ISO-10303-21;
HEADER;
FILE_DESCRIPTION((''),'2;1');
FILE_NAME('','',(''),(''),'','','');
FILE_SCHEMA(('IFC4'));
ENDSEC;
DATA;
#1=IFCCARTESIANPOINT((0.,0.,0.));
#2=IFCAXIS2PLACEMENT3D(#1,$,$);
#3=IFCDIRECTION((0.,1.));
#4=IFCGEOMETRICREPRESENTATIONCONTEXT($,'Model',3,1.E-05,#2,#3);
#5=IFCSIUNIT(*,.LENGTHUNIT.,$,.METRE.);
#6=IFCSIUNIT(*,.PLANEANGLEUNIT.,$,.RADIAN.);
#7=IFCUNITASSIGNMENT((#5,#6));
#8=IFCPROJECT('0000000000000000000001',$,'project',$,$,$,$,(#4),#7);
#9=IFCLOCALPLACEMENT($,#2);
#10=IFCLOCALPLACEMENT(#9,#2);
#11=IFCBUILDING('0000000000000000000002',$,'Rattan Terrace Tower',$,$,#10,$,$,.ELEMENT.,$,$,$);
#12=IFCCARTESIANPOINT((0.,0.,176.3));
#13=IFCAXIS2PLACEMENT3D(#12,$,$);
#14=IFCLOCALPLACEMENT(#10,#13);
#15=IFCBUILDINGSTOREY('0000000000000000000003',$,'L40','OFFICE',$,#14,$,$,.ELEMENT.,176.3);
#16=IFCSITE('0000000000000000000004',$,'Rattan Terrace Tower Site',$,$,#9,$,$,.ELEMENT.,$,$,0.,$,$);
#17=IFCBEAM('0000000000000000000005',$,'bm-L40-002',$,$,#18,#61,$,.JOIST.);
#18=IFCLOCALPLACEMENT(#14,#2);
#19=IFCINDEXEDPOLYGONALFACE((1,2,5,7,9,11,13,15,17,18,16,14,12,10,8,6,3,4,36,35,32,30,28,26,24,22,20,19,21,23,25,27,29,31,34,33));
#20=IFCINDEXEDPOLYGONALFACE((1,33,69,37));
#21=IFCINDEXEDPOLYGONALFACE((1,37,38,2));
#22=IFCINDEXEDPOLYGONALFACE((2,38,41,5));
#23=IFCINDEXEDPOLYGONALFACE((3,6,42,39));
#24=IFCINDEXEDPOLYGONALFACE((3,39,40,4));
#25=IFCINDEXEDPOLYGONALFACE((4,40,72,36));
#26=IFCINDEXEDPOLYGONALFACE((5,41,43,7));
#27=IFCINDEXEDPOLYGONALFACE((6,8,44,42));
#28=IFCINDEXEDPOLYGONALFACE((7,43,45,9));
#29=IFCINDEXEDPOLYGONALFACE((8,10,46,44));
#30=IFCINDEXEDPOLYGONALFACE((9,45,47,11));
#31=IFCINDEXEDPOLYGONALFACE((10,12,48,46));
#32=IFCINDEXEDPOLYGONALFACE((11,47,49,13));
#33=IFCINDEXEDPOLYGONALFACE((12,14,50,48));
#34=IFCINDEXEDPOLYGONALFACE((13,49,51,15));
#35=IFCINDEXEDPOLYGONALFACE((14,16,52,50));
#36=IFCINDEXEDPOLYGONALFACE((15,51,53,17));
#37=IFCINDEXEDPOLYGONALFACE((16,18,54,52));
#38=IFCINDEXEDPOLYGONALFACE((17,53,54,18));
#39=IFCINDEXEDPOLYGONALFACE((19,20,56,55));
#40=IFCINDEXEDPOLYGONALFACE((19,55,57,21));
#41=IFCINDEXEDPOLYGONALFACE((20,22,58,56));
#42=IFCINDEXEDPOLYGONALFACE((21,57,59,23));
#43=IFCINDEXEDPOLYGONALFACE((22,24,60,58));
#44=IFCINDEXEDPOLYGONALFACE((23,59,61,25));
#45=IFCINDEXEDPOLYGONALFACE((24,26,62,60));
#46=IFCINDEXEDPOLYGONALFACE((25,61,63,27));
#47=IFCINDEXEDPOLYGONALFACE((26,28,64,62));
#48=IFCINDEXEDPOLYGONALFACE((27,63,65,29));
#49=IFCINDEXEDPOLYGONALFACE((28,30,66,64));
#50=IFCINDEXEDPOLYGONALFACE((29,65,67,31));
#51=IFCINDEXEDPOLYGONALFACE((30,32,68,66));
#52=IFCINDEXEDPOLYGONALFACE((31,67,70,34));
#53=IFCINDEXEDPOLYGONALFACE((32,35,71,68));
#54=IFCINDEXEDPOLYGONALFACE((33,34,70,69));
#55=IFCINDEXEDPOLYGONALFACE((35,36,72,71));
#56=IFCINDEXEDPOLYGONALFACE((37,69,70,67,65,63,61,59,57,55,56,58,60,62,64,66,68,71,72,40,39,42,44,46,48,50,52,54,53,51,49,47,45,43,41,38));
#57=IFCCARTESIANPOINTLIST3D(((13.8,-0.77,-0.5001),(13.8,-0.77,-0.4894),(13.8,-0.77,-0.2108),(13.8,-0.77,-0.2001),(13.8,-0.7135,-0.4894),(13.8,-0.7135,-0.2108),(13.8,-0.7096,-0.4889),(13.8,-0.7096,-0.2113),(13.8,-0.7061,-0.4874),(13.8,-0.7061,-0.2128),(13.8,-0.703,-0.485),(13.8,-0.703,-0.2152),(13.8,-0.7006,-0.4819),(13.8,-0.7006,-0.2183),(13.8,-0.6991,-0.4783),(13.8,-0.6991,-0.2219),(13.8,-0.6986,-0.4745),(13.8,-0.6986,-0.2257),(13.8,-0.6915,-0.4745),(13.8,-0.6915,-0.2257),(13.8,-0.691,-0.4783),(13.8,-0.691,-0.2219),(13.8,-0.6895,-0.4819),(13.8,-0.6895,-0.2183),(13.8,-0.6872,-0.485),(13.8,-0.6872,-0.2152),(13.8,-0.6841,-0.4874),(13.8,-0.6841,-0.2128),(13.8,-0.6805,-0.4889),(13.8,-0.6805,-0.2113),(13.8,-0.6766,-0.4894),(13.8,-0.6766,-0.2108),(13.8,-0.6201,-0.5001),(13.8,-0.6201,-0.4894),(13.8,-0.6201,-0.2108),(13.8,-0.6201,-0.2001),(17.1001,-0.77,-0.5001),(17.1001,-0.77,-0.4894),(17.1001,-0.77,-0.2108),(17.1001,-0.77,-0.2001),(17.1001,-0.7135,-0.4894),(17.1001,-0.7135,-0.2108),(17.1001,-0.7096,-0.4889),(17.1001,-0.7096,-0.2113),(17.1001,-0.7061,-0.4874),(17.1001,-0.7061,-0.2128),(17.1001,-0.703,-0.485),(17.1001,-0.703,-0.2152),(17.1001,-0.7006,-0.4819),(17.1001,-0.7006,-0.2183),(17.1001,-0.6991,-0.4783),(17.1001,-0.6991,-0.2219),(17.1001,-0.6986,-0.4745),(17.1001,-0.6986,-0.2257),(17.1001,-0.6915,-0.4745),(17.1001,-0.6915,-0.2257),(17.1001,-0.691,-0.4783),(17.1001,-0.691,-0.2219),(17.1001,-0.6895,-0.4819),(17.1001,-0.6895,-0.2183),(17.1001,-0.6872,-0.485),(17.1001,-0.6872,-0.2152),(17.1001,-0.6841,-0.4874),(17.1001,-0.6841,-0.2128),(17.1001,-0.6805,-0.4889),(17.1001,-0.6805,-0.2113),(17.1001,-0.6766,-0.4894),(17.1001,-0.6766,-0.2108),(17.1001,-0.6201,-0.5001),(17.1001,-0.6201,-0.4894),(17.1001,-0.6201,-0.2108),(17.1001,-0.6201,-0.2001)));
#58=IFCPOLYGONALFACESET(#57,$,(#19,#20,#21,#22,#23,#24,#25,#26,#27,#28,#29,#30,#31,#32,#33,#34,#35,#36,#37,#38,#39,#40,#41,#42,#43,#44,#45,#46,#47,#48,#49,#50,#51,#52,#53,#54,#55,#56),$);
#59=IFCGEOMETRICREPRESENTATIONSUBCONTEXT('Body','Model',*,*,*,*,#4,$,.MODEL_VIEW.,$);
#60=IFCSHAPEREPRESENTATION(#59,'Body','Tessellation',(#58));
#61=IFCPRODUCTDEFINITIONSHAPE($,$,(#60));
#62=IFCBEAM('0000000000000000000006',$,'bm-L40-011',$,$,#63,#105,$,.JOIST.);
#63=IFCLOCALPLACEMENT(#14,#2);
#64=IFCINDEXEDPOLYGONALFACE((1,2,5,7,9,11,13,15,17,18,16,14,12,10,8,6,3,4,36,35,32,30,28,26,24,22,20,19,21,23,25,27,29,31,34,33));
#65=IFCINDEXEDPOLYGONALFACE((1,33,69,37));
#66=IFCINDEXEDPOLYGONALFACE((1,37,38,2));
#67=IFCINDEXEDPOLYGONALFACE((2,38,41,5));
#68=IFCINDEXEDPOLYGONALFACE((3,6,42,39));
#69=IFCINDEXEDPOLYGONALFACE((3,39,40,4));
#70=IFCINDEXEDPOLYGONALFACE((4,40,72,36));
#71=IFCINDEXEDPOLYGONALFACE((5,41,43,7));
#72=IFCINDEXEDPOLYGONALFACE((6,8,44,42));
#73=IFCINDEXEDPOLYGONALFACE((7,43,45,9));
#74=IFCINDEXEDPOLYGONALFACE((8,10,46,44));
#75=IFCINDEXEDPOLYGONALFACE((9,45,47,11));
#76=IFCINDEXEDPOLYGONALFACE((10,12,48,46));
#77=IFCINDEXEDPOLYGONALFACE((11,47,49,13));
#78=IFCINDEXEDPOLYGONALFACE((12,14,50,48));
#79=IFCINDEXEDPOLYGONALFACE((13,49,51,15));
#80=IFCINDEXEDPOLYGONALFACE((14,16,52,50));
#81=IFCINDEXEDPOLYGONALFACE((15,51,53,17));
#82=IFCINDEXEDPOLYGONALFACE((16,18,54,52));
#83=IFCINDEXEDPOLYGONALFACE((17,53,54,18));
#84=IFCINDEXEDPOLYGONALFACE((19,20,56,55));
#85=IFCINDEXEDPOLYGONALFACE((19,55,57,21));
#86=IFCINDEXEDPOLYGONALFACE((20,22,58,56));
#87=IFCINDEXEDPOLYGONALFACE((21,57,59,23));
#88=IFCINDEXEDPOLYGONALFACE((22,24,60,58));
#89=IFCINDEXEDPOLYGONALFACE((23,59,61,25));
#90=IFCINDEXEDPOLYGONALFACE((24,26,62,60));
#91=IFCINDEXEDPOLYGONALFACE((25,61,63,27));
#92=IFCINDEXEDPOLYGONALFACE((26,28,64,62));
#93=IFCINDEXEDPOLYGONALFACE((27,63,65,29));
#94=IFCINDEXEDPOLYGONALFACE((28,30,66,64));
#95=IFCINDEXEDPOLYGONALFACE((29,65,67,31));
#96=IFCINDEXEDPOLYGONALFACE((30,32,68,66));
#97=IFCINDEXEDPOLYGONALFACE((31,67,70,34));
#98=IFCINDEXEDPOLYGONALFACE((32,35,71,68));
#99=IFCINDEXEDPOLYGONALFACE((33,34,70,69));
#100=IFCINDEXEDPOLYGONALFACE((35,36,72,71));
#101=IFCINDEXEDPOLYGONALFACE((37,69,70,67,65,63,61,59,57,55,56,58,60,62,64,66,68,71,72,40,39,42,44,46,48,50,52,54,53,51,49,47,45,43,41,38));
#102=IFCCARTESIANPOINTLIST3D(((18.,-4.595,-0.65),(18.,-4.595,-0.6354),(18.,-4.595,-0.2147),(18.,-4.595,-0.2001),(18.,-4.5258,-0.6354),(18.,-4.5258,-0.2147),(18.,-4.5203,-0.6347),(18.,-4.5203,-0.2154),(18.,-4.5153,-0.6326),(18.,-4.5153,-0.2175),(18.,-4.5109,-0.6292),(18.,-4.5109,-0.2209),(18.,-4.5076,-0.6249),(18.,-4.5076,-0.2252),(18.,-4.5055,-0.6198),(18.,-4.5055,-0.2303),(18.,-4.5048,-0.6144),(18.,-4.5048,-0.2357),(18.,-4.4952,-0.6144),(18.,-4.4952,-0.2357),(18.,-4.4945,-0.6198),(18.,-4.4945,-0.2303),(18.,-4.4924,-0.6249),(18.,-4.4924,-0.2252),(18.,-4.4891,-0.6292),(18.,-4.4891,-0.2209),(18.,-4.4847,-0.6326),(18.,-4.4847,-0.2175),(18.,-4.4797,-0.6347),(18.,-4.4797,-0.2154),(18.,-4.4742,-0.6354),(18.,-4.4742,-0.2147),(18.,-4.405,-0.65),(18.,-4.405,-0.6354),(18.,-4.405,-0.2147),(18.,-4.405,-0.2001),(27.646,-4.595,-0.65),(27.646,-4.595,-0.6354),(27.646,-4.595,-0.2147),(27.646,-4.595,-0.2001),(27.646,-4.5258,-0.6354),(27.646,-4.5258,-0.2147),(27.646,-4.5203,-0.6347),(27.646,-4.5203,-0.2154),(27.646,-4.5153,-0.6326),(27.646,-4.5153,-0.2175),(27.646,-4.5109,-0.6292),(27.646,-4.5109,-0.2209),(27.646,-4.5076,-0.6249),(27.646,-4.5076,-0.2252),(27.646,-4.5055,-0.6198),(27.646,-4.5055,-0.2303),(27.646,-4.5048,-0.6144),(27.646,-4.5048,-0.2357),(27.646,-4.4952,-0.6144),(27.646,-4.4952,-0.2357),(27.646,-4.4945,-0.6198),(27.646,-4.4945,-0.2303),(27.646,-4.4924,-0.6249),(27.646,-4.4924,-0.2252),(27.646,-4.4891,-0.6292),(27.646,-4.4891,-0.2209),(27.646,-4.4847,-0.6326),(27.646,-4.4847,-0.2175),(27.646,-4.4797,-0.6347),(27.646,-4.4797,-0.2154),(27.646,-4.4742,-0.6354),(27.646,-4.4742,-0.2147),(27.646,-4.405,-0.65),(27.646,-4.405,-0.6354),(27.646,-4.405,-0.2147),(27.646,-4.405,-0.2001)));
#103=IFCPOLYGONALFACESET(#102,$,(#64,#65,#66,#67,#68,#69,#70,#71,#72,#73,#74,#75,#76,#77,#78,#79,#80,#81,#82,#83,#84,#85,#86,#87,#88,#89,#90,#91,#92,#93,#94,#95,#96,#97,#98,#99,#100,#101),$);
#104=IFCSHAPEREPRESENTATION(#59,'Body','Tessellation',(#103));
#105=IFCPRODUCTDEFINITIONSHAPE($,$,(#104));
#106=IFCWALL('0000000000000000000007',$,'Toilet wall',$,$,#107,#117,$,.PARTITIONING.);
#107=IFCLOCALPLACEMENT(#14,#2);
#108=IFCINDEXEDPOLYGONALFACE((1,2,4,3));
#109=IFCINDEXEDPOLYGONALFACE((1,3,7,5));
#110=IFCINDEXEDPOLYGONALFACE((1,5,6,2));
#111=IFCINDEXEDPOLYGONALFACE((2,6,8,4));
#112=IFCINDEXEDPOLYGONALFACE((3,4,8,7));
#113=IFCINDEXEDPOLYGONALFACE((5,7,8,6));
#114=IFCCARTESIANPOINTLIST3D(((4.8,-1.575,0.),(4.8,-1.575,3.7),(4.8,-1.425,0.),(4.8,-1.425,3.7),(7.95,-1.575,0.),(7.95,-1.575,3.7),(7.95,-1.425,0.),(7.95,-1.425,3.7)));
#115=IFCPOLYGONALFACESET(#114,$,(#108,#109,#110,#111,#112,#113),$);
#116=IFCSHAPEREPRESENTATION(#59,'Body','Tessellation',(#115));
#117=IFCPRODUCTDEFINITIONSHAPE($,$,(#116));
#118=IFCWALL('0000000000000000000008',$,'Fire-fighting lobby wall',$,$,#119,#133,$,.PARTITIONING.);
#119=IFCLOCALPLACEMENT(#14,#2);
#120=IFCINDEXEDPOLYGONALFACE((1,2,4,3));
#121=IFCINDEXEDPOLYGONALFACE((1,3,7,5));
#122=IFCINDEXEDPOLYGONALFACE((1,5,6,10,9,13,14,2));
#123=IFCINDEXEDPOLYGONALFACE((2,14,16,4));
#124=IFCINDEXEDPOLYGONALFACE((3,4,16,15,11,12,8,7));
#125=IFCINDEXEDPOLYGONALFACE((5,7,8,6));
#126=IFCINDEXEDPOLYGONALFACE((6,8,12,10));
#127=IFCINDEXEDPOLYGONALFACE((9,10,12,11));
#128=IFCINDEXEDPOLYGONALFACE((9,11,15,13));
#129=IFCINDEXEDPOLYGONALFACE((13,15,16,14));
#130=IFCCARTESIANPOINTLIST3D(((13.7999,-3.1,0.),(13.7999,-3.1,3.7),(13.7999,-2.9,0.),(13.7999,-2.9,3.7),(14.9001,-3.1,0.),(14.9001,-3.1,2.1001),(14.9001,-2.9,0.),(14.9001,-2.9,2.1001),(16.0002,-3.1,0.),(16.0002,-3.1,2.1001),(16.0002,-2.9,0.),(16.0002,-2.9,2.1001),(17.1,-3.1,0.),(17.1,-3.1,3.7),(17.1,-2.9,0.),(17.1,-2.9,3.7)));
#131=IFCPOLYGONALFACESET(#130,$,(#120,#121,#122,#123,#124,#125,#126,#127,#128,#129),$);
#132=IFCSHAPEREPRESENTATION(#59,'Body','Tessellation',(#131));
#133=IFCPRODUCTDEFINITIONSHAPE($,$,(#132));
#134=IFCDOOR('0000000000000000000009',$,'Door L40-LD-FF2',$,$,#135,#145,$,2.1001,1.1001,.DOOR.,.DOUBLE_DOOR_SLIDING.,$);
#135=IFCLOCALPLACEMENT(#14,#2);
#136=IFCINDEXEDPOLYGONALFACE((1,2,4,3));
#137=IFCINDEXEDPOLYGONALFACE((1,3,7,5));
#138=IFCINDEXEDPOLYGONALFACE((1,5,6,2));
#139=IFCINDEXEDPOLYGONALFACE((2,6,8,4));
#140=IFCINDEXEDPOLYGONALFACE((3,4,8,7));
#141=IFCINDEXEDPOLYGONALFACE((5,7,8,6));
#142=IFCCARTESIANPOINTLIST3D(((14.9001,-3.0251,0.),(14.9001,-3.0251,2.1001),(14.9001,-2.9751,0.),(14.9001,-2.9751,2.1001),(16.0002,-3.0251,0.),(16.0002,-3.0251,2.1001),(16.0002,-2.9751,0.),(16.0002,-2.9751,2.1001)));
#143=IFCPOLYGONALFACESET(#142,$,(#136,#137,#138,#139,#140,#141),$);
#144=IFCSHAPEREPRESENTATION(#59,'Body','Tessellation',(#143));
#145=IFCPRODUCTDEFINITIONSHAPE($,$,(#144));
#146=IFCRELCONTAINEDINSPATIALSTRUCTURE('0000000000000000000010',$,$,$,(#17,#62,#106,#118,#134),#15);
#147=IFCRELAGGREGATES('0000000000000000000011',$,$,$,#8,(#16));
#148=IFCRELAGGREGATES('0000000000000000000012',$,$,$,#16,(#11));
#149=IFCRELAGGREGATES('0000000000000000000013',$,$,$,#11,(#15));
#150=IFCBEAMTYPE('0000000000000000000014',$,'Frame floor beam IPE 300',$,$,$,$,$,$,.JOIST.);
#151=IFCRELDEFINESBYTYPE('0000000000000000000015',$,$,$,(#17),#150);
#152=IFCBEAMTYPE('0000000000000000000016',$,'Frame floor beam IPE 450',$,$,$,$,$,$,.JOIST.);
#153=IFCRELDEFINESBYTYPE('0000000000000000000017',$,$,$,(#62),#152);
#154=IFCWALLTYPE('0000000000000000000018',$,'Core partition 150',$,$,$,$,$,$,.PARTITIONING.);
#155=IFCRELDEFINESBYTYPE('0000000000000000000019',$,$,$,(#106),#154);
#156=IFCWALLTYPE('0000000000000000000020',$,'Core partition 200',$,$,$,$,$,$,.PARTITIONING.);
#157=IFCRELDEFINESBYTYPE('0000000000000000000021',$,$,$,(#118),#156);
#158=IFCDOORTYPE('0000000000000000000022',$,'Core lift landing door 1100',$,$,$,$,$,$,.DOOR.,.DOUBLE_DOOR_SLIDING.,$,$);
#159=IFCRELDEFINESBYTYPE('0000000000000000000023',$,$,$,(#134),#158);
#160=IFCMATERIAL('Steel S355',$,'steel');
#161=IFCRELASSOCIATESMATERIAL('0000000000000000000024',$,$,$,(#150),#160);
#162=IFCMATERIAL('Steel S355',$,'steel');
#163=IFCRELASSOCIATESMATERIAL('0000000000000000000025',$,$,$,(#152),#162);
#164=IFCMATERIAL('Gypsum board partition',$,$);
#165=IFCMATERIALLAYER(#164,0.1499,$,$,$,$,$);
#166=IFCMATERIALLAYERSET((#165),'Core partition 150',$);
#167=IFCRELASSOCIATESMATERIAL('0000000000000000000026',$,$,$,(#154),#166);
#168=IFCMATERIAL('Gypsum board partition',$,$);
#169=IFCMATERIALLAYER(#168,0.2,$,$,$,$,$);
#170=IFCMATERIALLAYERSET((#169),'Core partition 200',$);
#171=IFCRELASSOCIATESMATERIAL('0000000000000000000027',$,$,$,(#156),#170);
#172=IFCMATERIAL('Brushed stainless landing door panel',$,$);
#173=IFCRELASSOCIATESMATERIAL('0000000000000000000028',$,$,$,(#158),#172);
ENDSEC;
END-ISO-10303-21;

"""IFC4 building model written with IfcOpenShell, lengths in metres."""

from ifc_helpers import new_model, si_unit, direction, frame, frame_2d, origin, origin_2d, place, context, subcontext, project, spatial, rectangle, i_section, extrude, material, layer, layer_set, material_profile, profile_set, type_object, element, fill, save


model = new_model("IFC4")

# Units and contexts
model_context = context("Model", 3, precision=1e-05, world=origin(), true_north=direction((0.0, 1.0)))
body_context = subcontext(model_context, "Body", "Model", "MODEL_VIEW")
ifc_project = project(units=[si_unit("LENGTHUNIT", "METRE"), si_unit("PLANEANGLEUNIT", "RADIAN")], contexts=[model_context])

# Site, building, storey
site_placement = place(None, origin())
site = spatial("IfcSite", under=ifc_project, at=site_placement, Name="Rattan Terrace Tower Site", CompositionType="ELEMENT", RefElevation=0.0)
building_placement = place(site_placement, origin())
building = spatial("IfcBuilding", under=site, at=building_placement, Name="Rattan Terrace Tower", CompositionType="ELEMENT")
storey_placement = place(building_placement, frame((0.0, 0.0, 176.3)))
storey = spatial("IfcBuildingStorey", under=building, at=storey_placement, Name="L40", Description="OFFICE", CompositionType="ELEMENT", Elevation=176.3)

# Beams
ifc_material_1 = material(Name="Steel S355", Category="steel")
ifc_material_profile_1 = material_profile(ifc_material_1, i_section(OverallWidth=0.1499, OverallDepth=0.3, WebThickness=0.0071, FlangeThickness=0.0107, FilletRadius=0.0149, at=origin_2d()), Name="IPE 300")
ifc_profile_set_1 = profile_set([ifc_material_profile_1], Name="Steel S355")
beam_type_1 = type_object("IfcBeamType", Name="Frame floor beam IPE 300", PredefinedType="JOIST", material=ifc_profile_set_1)
beam_1_placement = place(storey_placement, frame((13.8, -0.6951, -0.3501), z_axis=(1.0, 0.0, 0.0), x_axis=(0.0, 1.0, 0.0)))
element("IfcBeam", 1, at=beam_1_placement, inside=storey, type_object=beam_type_1, Name="bm-L40-002", PredefinedType="JOIST", context=body_context, shape_type="SweptSolid", body=[
    extrude(i_section(OverallWidth=0.1499, OverallDepth=0.3, WebThickness=0.0071, FlangeThickness=0.0107, FilletRadius=0.0149, at=origin_2d()), origin(), (0.0, 0.0, 1.0), 3.3),
])
ifc_material_2 = material(Name="Steel S355", Category="steel")
ifc_material_profile_2 = material_profile(ifc_material_2, i_section(OverallWidth=0.1899, OverallDepth=0.45, WebThickness=0.0095, FlangeThickness=0.0146, FilletRadius=0.021, at=origin_2d()), Name="IPE 450")
ifc_profile_set_2 = profile_set([ifc_material_profile_2], Name="Steel S355")
beam_type_2 = type_object("IfcBeamType", Name="Frame floor beam IPE 450", PredefinedType="JOIST", material=ifc_profile_set_2)
beam_2_placement = place(storey_placement, frame((18.0, -4.5, -0.425), z_axis=(1.0, 0.0, 0.0), x_axis=(0.0, 1.0, 0.0)))
element("IfcBeam", 2, at=beam_2_placement, inside=storey, type_object=beam_type_2, Name="bm-L40-011", PredefinedType="JOIST", context=body_context, shape_type="SweptSolid", body=[
    extrude(i_section(OverallWidth=0.1899, OverallDepth=0.45, WebThickness=0.0095, FlangeThickness=0.0146, FilletRadius=0.021, at=origin_2d()), origin(), (0.0, 0.0, 1.0), 9.646),
])

# Wall
ifc_material_3 = material(Name="Gypsum board partition")
ifc_layer_1 = layer(ifc_material_3, 0.1499)
ifc_layer_set_1 = layer_set([ifc_layer_1], Name="Core partition 150")
wall_type_1 = type_object("IfcWallType", Name="Core partition 150", PredefinedType="PARTITIONING", material=ifc_layer_set_1)
wall_1_placement = place(storey_placement, frame((4.8, -1.5, 0.0), z_axis=(0.0, 0.0, 1.0), x_axis=(1.0, 0.0, 0.0)))
element("IfcWall", 3, at=wall_1_placement, inside=storey, type_object=wall_type_1, Name="Toilet wall", PredefinedType="PARTITIONING", context=body_context, shape_type="SweptSolid", body=[
    extrude(rectangle(XDim=3.1499, YDim=0.1499, at=frame_2d((1.575, 0.0))), origin(), (0.0, 0.0, 1.0), 3.7),
])

# Wall, opening, door
ifc_material_4 = material(Name="Gypsum board partition")
ifc_layer_2 = layer(ifc_material_4, 0.2)
ifc_layer_set_2 = layer_set([ifc_layer_2], Name="Core partition 200")
wall_type_2 = type_object("IfcWallType", Name="Core partition 200", PredefinedType="PARTITIONING", material=ifc_layer_set_2)
wall_2_placement = place(storey_placement, frame((13.8, -3.0, 0.0), z_axis=(0.0, 0.0, 1.0), x_axis=(1.0, 0.0, 0.0)))
wall_2 = element("IfcWall", 4, at=wall_2_placement, inside=storey, type_object=wall_type_2, Name="Fire-fighting lobby wall", PredefinedType="PARTITIONING", context=body_context, shape_type="SweptSolid", body=[
    extrude(rectangle(XDim=3.3, YDim=0.2, at=frame_2d((1.6499, 0.0))), origin(), (0.0, 0.0, 1.0), 3.7),
])
opening_1_placement = place(wall_2_placement, frame((1.1001, 0.0, 0.0)))
opening_1 = element("IfcOpeningElement", 5, at=opening_1_placement, cuts=wall_2, PredefinedType="OPENING", context=body_context, shape_type="SweptSolid", body=[
    extrude(rectangle(XDim=1.1001, YDim=2.1001, at=frame_2d((0.55, 1.05))), frame((0.0, 0.1106, 0.0), z_axis=(0.0, -1.0, 0.0), x_axis=(1.0, 0.0, 0.0)), (0.0, 0.0, 1.0), 0.2209),
])
ifc_material_5 = material(Name="Brushed stainless landing door panel")
door_type_1 = type_object("IfcDoorType", Name="Core lift landing door 1100", OperationType="DOUBLE_DOOR_SLIDING", PredefinedType="DOOR", material=ifc_material_5)
door_1_placement = place(opening_1_placement, origin())
door_1 = element("IfcDoor", 6, at=door_1_placement, inside=storey, type_object=door_type_1, Name="Door L40-LD-FF2", OperationType="DOUBLE_DOOR_SLIDING", OverallHeight=2.1001, OverallWidth=1.1001, PredefinedType="DOOR", context=body_context, shape_type="SweptSolid", body=[
    extrude(rectangle(XDim=1.1001, YDim=2.1001, at=frame_2d((0.55, 1.05))), frame((0.0, 0.0249, 0.0), z_axis=(0.0, -1.0, 0.0), x_axis=(1.0, 0.0, 0.0)), (0.0, 0.0, 1.0), 0.05),
])
fill(opening_1, door_1)

save(model, "model.ifc")
